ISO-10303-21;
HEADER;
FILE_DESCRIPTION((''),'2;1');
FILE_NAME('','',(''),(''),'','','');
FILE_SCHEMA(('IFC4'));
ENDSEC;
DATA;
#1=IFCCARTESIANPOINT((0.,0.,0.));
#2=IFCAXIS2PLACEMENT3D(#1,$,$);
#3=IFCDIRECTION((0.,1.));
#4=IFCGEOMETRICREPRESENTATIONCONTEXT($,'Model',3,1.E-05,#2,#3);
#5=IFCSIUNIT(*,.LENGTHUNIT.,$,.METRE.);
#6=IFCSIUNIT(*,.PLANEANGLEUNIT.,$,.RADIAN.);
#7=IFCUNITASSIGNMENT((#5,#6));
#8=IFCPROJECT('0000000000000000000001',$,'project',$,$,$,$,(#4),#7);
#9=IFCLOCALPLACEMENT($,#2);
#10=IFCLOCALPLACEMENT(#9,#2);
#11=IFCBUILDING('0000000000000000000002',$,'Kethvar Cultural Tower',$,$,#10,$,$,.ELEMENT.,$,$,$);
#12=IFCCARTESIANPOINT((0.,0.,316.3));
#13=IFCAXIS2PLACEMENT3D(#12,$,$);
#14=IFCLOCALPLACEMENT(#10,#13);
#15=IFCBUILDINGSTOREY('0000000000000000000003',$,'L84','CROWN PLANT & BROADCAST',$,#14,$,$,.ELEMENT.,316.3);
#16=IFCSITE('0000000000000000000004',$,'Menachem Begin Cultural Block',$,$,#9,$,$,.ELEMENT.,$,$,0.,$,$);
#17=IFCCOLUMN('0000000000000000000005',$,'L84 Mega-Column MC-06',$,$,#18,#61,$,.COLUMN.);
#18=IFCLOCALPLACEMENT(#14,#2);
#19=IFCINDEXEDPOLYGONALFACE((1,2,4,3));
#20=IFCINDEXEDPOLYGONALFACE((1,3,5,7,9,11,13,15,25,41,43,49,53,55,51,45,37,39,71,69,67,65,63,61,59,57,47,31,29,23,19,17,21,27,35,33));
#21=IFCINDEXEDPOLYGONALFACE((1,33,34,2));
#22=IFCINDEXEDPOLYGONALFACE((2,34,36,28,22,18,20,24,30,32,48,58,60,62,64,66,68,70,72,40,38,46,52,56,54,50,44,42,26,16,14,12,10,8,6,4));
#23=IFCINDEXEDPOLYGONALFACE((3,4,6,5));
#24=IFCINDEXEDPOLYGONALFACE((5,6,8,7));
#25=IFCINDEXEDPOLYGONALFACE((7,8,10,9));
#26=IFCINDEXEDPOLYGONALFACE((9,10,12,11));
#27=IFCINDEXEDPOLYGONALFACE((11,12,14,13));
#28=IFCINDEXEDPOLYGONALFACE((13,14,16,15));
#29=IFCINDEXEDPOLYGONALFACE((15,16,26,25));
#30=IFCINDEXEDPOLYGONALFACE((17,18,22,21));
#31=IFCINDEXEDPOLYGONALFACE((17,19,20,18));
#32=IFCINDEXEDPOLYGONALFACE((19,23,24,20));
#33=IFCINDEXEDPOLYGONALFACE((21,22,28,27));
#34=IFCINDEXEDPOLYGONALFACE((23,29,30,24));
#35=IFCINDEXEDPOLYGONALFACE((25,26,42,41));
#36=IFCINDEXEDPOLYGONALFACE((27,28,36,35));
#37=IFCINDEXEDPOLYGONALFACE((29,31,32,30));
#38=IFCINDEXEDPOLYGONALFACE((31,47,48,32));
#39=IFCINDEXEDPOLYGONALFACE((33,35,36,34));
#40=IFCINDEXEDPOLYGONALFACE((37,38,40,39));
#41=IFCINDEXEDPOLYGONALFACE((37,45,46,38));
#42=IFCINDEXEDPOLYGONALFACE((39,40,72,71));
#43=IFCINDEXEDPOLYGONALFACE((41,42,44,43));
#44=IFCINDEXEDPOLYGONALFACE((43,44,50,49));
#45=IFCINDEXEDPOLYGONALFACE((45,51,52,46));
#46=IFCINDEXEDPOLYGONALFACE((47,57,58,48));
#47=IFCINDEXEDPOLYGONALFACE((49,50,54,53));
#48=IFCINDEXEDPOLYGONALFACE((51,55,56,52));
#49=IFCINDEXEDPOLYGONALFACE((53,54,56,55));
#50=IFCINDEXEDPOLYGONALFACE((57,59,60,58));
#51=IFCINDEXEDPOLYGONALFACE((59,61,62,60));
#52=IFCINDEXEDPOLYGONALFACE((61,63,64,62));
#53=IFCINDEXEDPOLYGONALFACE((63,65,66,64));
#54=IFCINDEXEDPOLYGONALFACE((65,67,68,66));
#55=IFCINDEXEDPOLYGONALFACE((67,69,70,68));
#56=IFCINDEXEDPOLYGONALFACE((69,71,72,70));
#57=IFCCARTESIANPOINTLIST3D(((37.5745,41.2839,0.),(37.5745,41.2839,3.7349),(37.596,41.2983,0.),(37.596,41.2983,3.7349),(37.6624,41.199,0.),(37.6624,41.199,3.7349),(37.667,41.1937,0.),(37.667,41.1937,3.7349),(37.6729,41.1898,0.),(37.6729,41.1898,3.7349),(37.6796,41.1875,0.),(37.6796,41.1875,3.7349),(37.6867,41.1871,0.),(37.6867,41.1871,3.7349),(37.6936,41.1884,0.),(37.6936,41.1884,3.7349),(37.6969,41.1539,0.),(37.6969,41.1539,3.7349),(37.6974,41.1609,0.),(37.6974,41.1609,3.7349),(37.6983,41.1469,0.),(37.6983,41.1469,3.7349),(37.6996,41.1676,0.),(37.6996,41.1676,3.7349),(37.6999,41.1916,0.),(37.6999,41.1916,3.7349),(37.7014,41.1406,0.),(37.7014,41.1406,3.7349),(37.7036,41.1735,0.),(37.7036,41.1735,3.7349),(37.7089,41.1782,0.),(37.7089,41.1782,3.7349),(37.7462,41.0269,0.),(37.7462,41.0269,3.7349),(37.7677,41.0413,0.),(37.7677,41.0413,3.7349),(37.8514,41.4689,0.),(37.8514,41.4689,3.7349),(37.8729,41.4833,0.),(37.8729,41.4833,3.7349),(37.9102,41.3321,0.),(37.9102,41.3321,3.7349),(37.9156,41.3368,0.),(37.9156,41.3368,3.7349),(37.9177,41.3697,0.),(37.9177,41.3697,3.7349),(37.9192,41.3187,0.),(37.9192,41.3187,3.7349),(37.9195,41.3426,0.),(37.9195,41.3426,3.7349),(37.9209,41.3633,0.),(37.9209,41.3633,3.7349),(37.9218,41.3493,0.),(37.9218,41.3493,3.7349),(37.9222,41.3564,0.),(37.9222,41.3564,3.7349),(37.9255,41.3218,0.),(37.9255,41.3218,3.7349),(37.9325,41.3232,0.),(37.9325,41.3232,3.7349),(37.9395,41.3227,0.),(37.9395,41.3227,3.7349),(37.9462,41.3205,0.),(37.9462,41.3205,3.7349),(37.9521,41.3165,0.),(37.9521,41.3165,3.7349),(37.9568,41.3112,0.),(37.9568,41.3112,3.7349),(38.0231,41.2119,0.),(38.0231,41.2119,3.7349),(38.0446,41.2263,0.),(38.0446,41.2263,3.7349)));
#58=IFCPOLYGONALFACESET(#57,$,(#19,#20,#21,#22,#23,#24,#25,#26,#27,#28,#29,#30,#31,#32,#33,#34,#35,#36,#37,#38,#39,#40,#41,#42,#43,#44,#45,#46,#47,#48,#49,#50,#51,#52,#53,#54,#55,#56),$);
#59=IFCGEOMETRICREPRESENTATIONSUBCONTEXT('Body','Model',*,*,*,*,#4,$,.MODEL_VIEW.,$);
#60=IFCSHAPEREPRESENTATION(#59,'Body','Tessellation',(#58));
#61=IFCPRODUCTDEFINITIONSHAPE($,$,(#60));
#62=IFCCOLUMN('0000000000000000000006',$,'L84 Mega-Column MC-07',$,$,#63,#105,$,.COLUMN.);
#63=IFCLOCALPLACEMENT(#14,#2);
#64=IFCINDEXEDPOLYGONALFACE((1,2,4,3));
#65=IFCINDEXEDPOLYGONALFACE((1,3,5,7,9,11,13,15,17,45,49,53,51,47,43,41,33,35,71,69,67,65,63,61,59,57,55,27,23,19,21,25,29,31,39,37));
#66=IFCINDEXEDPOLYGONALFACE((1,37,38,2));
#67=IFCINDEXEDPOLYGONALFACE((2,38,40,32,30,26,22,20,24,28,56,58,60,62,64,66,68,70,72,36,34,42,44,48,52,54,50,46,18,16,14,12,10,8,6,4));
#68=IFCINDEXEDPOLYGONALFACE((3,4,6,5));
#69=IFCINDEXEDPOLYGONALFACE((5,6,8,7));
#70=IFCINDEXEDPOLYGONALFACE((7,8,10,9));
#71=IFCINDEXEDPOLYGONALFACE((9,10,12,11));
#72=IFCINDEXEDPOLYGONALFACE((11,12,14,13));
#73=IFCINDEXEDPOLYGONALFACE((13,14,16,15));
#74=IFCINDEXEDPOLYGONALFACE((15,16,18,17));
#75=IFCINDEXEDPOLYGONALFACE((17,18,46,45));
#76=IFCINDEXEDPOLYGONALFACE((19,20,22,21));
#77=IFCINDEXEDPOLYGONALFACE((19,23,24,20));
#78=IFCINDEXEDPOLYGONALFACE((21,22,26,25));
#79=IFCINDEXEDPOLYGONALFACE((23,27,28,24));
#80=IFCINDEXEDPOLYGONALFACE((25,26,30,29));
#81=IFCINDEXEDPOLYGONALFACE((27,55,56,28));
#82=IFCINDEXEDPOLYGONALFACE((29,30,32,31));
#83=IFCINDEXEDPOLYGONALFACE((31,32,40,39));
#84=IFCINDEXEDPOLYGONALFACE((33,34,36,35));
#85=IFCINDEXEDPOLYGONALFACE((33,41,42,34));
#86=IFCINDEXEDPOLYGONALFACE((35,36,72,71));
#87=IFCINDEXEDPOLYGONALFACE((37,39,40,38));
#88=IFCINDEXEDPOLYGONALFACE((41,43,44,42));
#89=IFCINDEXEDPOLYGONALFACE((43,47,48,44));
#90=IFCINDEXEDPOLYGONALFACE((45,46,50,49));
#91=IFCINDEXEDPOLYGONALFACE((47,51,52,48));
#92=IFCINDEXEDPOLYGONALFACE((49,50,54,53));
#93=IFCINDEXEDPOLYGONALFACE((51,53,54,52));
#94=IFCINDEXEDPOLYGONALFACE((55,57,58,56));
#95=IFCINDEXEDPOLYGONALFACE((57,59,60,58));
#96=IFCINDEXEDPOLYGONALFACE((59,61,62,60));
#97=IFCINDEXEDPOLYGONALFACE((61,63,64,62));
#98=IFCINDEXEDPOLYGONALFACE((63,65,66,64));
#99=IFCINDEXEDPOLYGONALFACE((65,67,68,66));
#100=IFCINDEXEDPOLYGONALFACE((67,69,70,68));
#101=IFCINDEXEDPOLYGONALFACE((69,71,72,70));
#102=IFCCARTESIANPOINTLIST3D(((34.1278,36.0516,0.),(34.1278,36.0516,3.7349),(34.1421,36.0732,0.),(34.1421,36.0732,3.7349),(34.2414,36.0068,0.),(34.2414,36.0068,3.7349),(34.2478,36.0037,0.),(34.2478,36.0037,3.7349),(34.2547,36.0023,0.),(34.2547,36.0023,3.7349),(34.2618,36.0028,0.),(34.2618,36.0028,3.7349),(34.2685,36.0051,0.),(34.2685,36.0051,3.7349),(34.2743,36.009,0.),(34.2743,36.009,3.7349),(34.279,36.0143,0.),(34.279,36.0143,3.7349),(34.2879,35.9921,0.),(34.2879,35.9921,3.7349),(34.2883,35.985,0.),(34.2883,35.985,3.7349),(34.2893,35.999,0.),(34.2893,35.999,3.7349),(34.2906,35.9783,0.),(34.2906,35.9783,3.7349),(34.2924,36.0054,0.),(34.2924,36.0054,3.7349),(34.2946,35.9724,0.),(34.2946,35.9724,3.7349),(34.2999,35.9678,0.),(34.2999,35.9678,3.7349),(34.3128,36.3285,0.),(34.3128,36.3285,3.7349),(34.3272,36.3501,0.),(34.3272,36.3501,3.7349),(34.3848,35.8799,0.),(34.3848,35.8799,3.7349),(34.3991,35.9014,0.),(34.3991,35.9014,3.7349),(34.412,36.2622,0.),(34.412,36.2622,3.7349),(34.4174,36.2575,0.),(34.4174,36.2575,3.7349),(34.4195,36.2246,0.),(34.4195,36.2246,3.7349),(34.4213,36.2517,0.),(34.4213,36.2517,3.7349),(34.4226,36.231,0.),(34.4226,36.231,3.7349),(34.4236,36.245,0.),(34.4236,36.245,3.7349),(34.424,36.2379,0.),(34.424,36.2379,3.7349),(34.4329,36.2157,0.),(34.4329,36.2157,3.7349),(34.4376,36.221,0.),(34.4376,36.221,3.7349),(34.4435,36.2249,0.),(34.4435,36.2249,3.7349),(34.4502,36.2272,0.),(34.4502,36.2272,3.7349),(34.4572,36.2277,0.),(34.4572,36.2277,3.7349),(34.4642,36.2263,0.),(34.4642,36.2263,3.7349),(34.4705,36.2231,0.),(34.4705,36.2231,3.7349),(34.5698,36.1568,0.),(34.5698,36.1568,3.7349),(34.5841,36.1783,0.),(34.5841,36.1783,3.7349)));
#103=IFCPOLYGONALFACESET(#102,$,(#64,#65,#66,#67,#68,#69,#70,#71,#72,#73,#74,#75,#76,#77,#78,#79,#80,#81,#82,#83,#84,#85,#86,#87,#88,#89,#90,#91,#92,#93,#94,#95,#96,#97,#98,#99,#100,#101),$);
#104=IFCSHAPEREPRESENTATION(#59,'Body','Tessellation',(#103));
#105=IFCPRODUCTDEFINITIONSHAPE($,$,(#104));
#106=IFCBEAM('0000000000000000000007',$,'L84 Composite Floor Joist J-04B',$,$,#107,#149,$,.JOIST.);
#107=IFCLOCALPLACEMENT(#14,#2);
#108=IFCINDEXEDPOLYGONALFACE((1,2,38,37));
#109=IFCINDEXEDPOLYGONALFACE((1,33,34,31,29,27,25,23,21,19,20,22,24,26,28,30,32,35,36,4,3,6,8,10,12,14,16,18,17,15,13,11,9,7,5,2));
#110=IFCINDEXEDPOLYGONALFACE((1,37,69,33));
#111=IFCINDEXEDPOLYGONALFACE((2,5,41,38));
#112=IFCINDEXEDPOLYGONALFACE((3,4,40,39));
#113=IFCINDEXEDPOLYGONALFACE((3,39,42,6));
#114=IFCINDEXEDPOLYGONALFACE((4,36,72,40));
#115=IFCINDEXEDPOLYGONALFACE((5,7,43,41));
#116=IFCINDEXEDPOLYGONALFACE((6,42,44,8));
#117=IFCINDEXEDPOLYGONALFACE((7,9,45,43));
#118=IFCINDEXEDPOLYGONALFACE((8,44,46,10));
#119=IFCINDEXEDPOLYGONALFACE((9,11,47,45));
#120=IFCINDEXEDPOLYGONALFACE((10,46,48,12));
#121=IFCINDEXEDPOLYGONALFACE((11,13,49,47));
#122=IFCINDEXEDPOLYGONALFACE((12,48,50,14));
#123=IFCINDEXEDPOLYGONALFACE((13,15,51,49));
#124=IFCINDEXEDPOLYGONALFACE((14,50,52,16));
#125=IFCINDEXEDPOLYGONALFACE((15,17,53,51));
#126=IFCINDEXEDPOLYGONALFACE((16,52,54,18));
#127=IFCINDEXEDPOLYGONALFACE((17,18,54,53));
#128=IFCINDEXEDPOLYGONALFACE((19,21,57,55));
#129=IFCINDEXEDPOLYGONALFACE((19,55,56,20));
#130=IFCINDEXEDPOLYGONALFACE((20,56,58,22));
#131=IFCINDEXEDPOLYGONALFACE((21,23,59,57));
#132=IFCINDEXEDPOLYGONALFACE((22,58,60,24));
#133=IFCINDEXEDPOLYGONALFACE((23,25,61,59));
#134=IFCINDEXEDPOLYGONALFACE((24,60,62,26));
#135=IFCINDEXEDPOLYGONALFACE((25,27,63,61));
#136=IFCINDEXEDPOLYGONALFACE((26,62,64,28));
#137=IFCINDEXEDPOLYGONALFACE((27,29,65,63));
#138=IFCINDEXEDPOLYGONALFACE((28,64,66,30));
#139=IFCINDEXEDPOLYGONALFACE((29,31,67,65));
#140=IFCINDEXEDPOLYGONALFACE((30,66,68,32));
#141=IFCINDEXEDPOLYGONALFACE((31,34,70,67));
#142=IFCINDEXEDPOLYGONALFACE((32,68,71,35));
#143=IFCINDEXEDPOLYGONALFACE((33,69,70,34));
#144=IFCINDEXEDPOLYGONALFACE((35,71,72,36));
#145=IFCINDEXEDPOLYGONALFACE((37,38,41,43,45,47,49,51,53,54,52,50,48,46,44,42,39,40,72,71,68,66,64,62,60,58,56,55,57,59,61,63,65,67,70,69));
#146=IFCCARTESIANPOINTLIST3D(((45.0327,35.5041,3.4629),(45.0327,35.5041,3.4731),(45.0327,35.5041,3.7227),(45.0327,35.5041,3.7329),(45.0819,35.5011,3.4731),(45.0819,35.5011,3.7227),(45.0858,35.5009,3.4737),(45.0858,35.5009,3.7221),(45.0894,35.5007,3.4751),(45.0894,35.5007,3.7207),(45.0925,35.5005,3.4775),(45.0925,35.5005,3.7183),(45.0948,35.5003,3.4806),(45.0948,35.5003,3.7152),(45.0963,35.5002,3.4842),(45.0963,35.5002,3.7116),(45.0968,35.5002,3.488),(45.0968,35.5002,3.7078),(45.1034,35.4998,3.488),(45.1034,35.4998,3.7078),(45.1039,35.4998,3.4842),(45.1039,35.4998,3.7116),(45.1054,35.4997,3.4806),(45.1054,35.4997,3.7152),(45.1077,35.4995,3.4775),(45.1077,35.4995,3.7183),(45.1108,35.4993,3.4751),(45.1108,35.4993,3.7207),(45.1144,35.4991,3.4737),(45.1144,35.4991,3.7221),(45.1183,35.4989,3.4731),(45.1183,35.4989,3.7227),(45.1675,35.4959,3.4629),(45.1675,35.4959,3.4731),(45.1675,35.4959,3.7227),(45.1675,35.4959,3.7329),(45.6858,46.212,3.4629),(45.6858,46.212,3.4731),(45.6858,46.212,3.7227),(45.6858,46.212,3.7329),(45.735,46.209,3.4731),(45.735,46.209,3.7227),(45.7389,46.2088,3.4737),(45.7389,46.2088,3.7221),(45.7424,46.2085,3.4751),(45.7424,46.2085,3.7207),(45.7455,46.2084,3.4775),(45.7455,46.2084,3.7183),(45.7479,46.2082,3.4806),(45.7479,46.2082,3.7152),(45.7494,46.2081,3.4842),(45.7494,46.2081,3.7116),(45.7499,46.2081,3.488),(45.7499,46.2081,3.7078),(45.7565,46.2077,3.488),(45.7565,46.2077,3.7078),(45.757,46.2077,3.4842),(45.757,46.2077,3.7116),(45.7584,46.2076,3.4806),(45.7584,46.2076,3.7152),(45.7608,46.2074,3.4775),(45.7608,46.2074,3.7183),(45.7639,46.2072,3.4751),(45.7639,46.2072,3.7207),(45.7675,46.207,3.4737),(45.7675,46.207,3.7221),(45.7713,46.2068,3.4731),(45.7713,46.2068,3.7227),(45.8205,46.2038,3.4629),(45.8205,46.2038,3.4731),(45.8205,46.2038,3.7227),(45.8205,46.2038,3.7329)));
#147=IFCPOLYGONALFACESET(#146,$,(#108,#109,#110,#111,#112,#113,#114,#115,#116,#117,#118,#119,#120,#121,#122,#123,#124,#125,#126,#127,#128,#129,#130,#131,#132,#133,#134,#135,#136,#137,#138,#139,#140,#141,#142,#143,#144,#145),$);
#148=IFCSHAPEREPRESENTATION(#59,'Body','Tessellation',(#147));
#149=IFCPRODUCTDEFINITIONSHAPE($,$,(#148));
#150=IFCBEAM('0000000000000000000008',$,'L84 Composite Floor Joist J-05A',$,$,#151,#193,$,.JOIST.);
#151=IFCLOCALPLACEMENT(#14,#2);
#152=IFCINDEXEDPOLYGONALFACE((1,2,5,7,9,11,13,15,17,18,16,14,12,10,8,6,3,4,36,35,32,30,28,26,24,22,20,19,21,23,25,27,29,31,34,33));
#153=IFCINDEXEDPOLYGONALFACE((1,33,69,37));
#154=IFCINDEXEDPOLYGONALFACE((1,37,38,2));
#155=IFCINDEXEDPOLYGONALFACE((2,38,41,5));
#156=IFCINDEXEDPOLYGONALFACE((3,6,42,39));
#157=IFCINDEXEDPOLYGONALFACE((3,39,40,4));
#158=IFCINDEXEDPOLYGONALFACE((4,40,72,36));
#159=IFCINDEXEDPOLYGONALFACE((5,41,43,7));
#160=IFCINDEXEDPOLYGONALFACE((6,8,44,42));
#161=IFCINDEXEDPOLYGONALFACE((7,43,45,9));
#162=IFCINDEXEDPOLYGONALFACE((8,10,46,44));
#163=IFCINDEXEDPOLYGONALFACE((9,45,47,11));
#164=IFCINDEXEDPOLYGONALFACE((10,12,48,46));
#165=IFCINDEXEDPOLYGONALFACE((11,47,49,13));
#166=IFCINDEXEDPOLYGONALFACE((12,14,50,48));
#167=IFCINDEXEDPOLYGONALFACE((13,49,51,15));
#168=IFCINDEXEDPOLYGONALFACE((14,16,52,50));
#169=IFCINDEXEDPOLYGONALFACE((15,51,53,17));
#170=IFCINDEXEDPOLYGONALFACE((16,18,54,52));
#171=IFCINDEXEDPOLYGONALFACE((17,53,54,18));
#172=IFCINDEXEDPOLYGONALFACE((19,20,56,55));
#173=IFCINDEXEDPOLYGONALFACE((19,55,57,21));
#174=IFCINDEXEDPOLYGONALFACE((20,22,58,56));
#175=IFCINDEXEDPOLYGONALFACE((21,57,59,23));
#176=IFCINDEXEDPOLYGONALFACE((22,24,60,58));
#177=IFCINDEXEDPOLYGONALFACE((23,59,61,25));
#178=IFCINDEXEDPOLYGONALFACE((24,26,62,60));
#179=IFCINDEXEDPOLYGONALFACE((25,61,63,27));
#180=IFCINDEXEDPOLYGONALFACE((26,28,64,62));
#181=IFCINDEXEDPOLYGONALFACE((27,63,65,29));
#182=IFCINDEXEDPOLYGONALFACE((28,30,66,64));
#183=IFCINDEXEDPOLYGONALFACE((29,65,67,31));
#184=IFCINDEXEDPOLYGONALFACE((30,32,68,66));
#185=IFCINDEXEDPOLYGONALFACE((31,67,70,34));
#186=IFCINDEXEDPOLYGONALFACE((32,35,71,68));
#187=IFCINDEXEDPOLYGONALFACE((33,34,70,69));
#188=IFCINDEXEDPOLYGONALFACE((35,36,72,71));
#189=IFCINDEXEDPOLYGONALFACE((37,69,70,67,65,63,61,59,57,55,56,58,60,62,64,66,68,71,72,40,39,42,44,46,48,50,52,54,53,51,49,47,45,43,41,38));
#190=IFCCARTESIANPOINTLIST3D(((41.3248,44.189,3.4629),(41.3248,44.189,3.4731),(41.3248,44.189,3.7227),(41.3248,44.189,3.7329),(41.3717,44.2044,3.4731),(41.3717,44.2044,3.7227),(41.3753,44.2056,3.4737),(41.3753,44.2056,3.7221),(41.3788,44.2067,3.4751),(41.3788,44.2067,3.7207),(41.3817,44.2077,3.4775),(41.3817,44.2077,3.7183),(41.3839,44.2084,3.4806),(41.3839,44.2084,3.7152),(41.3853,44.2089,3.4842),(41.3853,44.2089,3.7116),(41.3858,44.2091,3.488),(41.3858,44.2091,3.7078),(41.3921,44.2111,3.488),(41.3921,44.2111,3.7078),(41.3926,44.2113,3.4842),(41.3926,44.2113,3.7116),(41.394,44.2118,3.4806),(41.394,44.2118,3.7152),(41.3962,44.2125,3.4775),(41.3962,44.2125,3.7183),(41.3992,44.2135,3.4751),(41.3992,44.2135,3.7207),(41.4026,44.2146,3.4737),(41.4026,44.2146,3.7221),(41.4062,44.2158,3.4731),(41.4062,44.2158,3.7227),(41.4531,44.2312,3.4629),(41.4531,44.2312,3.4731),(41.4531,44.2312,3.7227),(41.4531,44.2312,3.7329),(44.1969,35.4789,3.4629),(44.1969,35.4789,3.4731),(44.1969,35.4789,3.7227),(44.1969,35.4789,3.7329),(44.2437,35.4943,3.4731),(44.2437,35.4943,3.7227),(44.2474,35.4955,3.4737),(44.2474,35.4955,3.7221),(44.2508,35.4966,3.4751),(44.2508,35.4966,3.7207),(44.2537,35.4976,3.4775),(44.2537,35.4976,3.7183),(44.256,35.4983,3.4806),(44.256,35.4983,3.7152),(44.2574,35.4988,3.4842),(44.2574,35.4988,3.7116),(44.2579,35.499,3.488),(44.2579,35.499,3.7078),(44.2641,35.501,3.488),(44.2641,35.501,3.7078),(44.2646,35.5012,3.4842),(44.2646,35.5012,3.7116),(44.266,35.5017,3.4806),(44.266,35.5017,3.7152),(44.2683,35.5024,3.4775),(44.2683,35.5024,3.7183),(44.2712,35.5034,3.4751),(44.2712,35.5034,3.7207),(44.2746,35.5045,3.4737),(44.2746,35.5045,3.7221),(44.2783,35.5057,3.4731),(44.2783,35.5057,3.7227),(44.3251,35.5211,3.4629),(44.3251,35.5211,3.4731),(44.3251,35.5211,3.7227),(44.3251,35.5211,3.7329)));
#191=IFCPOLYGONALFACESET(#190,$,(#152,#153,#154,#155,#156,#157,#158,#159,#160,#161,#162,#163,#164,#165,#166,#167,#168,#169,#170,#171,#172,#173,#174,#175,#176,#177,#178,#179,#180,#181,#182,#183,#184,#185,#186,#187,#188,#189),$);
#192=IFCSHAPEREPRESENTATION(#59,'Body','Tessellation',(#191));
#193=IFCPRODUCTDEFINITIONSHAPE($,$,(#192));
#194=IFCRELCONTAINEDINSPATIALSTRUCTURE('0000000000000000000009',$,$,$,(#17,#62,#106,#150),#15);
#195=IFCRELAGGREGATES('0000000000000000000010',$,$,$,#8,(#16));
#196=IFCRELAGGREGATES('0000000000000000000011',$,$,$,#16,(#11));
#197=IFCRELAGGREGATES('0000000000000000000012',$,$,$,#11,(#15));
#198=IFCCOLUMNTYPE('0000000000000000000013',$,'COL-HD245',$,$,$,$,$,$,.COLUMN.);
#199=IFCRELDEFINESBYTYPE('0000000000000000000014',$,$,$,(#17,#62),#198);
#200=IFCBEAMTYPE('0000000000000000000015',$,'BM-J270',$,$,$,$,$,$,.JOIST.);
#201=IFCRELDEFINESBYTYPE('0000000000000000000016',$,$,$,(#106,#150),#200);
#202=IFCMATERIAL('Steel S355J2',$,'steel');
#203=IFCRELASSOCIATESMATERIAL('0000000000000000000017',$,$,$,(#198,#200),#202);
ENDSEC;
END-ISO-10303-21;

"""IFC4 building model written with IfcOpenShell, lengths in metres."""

from ifc_helpers import new_model, si_unit, direction, frame, origin, origin_2d, place, context, subcontext, project, spatial, i_section, extrude, source, transform, mapped, material, material_profile, profile_set, type_object, element, save


model = new_model("IFC4")

# Units and contexts
model_context = context("Model", 3, precision=1e-05, world=origin(), true_north=direction((0.0, 1.0)))
body_context = subcontext(model_context, "Body", "Model", "MODEL_VIEW")
ifc_project = project(units=[si_unit("LENGTHUNIT", "METRE"), si_unit("PLANEANGLEUNIT", "RADIAN")], contexts=[model_context])

# Site, building, storey
site_placement = place(None, origin())
site = spatial("IfcSite", under=ifc_project, at=site_placement, Name="Menachem Begin Cultural Block", CompositionType="ELEMENT", RefElevation=0.0)
building_placement = place(site_placement, origin())
building = spatial("IfcBuilding", under=site, at=building_placement, Name="Kethvar Cultural Tower", CompositionType="ELEMENT")
storey_placement = place(building_placement, frame((0.0, 0.0, 316.3)))
storey = spatial("IfcBuildingStorey", under=building, at=storey_placement, Name="L84", Description="CROWN PLANT & BROADCAST", CompositionType="ELEMENT", Elevation=316.3)

# Columns
ifc_material_1 = material(Name="Steel S355J2", Category="steel")
ifc_material_profile_1 = material_profile(ifc_material_1, i_section(OverallWidth=0.3091, OverallDepth=0.3589, WebThickness=0.0161, FlangeThickness=0.0259, FilletRadius=0.0271, at=origin_2d()), Name="Steel S355J2 — HD320x245")
ifc_profile_set_1 = profile_set([ifc_material_profile_1], Name="Steel S355J2 — HD320x245")
column_type = type_object("IfcColumnType", Name="COL-HD245", PredefinedType="COLUMN", material=ifc_profile_set_1)
shared_shape_1 = source(origin(), body_context, "Body", "SweptSolid", [
    extrude(i_section(OverallWidth=0.3091, OverallDepth=0.3589, WebThickness=0.0161, FlangeThickness=0.0259, FilletRadius=0.0271, at=origin_2d()), origin(), (0.0, 0.0, 1.0), 3.7349),
])
for number, where, z_axis, x_axis, name in (
    (1, (37.8096, 41.2551, 0.0), (0.0, 0.0, 1.0), (-0.55557, 0.83147, 0.0), "L84 Mega-Column MC-06"),
    (2, (34.356, 36.115, 0.0), (0.0, 0.0, 1.0), (-0.83147, 0.55557, 0.0), "L84 Mega-Column MC-07"),
):
    element("IfcColumn", number, at=place(storey_placement, frame(where, z_axis=z_axis, x_axis=x_axis)), inside=storey, type_object=column_type, Name=name, PredefinedType="COLUMN", context=body_context, shape_type="MappedRepresentation", body=[
        mapped(shared_shape_1, transform((0.0, 0.0, 0.0), scale=1.0)),
    ])

# Beams
ifc_material_profile_2 = material_profile(ifc_material_1, i_section(OverallWidth=0.135, OverallDepth=0.27, WebThickness=0.0066, FlangeThickness=0.0103, FilletRadius=0.0149, at=origin_2d()), Name="Steel S355J2 — IPE270")
ifc_profile_set_2 = profile_set([ifc_material_profile_2], Name="Steel S355J2 — IPE270")
beam_type_1 = type_object("IfcBeamType", Name="BM-J270", PredefinedType="JOIST", material=ifc_profile_set_2)
shared_shape_2 = source(origin(), body_context, "Body", "SweptSolid", [
    extrude(i_section(OverallWidth=0.135, OverallDepth=0.27, WebThickness=0.0066, FlangeThickness=0.0103, FilletRadius=0.0149, at=origin_2d()), origin(), (0.0, 0.0, 1.0), 10.7278),
])
beam_1_placement = place(storey_placement, frame((45.1001, 35.5, 3.5979), z_axis=(0.060876, 0.998145, 0.0), x_axis=(-0.998145, 0.060876, 0.0)))
element("IfcBeam", 3, at=beam_1_placement, inside=storey, type_object=beam_type_1, Name="L84 Composite Floor Joist J-04B", PredefinedType="JOIST", context=body_context, shape_type="MappedRepresentation", body=[
    mapped(shared_shape_2, transform((0.0, 0.0, 0.0), scale=1.0)),
])
shared_shape_3 = source(origin(), body_context, "Body", "SweptSolid", [
    extrude(i_section(OverallWidth=0.135, OverallDepth=0.27, WebThickness=0.0066, FlangeThickness=0.0103, FilletRadius=0.0149, at=origin_2d()), origin(), (0.0, 0.0, 1.0), 9.1714),
])
beam_2_placement = place(storey_placement, frame((44.261, 35.5, 3.5979), z_axis=(-0.313152, 0.949703, 0.0), x_axis=(-0.949703, -0.313152, 0.0)))
element("IfcBeam", 4, at=beam_2_placement, inside=storey, type_object=beam_type_1, Name="L84 Composite Floor Joist J-05A", PredefinedType="JOIST", context=body_context, shape_type="MappedRepresentation", body=[
    mapped(shared_shape_3, transform((0.0, 0.0, 0.0), scale=1.0)),
])

save(model, "model.ifc")
